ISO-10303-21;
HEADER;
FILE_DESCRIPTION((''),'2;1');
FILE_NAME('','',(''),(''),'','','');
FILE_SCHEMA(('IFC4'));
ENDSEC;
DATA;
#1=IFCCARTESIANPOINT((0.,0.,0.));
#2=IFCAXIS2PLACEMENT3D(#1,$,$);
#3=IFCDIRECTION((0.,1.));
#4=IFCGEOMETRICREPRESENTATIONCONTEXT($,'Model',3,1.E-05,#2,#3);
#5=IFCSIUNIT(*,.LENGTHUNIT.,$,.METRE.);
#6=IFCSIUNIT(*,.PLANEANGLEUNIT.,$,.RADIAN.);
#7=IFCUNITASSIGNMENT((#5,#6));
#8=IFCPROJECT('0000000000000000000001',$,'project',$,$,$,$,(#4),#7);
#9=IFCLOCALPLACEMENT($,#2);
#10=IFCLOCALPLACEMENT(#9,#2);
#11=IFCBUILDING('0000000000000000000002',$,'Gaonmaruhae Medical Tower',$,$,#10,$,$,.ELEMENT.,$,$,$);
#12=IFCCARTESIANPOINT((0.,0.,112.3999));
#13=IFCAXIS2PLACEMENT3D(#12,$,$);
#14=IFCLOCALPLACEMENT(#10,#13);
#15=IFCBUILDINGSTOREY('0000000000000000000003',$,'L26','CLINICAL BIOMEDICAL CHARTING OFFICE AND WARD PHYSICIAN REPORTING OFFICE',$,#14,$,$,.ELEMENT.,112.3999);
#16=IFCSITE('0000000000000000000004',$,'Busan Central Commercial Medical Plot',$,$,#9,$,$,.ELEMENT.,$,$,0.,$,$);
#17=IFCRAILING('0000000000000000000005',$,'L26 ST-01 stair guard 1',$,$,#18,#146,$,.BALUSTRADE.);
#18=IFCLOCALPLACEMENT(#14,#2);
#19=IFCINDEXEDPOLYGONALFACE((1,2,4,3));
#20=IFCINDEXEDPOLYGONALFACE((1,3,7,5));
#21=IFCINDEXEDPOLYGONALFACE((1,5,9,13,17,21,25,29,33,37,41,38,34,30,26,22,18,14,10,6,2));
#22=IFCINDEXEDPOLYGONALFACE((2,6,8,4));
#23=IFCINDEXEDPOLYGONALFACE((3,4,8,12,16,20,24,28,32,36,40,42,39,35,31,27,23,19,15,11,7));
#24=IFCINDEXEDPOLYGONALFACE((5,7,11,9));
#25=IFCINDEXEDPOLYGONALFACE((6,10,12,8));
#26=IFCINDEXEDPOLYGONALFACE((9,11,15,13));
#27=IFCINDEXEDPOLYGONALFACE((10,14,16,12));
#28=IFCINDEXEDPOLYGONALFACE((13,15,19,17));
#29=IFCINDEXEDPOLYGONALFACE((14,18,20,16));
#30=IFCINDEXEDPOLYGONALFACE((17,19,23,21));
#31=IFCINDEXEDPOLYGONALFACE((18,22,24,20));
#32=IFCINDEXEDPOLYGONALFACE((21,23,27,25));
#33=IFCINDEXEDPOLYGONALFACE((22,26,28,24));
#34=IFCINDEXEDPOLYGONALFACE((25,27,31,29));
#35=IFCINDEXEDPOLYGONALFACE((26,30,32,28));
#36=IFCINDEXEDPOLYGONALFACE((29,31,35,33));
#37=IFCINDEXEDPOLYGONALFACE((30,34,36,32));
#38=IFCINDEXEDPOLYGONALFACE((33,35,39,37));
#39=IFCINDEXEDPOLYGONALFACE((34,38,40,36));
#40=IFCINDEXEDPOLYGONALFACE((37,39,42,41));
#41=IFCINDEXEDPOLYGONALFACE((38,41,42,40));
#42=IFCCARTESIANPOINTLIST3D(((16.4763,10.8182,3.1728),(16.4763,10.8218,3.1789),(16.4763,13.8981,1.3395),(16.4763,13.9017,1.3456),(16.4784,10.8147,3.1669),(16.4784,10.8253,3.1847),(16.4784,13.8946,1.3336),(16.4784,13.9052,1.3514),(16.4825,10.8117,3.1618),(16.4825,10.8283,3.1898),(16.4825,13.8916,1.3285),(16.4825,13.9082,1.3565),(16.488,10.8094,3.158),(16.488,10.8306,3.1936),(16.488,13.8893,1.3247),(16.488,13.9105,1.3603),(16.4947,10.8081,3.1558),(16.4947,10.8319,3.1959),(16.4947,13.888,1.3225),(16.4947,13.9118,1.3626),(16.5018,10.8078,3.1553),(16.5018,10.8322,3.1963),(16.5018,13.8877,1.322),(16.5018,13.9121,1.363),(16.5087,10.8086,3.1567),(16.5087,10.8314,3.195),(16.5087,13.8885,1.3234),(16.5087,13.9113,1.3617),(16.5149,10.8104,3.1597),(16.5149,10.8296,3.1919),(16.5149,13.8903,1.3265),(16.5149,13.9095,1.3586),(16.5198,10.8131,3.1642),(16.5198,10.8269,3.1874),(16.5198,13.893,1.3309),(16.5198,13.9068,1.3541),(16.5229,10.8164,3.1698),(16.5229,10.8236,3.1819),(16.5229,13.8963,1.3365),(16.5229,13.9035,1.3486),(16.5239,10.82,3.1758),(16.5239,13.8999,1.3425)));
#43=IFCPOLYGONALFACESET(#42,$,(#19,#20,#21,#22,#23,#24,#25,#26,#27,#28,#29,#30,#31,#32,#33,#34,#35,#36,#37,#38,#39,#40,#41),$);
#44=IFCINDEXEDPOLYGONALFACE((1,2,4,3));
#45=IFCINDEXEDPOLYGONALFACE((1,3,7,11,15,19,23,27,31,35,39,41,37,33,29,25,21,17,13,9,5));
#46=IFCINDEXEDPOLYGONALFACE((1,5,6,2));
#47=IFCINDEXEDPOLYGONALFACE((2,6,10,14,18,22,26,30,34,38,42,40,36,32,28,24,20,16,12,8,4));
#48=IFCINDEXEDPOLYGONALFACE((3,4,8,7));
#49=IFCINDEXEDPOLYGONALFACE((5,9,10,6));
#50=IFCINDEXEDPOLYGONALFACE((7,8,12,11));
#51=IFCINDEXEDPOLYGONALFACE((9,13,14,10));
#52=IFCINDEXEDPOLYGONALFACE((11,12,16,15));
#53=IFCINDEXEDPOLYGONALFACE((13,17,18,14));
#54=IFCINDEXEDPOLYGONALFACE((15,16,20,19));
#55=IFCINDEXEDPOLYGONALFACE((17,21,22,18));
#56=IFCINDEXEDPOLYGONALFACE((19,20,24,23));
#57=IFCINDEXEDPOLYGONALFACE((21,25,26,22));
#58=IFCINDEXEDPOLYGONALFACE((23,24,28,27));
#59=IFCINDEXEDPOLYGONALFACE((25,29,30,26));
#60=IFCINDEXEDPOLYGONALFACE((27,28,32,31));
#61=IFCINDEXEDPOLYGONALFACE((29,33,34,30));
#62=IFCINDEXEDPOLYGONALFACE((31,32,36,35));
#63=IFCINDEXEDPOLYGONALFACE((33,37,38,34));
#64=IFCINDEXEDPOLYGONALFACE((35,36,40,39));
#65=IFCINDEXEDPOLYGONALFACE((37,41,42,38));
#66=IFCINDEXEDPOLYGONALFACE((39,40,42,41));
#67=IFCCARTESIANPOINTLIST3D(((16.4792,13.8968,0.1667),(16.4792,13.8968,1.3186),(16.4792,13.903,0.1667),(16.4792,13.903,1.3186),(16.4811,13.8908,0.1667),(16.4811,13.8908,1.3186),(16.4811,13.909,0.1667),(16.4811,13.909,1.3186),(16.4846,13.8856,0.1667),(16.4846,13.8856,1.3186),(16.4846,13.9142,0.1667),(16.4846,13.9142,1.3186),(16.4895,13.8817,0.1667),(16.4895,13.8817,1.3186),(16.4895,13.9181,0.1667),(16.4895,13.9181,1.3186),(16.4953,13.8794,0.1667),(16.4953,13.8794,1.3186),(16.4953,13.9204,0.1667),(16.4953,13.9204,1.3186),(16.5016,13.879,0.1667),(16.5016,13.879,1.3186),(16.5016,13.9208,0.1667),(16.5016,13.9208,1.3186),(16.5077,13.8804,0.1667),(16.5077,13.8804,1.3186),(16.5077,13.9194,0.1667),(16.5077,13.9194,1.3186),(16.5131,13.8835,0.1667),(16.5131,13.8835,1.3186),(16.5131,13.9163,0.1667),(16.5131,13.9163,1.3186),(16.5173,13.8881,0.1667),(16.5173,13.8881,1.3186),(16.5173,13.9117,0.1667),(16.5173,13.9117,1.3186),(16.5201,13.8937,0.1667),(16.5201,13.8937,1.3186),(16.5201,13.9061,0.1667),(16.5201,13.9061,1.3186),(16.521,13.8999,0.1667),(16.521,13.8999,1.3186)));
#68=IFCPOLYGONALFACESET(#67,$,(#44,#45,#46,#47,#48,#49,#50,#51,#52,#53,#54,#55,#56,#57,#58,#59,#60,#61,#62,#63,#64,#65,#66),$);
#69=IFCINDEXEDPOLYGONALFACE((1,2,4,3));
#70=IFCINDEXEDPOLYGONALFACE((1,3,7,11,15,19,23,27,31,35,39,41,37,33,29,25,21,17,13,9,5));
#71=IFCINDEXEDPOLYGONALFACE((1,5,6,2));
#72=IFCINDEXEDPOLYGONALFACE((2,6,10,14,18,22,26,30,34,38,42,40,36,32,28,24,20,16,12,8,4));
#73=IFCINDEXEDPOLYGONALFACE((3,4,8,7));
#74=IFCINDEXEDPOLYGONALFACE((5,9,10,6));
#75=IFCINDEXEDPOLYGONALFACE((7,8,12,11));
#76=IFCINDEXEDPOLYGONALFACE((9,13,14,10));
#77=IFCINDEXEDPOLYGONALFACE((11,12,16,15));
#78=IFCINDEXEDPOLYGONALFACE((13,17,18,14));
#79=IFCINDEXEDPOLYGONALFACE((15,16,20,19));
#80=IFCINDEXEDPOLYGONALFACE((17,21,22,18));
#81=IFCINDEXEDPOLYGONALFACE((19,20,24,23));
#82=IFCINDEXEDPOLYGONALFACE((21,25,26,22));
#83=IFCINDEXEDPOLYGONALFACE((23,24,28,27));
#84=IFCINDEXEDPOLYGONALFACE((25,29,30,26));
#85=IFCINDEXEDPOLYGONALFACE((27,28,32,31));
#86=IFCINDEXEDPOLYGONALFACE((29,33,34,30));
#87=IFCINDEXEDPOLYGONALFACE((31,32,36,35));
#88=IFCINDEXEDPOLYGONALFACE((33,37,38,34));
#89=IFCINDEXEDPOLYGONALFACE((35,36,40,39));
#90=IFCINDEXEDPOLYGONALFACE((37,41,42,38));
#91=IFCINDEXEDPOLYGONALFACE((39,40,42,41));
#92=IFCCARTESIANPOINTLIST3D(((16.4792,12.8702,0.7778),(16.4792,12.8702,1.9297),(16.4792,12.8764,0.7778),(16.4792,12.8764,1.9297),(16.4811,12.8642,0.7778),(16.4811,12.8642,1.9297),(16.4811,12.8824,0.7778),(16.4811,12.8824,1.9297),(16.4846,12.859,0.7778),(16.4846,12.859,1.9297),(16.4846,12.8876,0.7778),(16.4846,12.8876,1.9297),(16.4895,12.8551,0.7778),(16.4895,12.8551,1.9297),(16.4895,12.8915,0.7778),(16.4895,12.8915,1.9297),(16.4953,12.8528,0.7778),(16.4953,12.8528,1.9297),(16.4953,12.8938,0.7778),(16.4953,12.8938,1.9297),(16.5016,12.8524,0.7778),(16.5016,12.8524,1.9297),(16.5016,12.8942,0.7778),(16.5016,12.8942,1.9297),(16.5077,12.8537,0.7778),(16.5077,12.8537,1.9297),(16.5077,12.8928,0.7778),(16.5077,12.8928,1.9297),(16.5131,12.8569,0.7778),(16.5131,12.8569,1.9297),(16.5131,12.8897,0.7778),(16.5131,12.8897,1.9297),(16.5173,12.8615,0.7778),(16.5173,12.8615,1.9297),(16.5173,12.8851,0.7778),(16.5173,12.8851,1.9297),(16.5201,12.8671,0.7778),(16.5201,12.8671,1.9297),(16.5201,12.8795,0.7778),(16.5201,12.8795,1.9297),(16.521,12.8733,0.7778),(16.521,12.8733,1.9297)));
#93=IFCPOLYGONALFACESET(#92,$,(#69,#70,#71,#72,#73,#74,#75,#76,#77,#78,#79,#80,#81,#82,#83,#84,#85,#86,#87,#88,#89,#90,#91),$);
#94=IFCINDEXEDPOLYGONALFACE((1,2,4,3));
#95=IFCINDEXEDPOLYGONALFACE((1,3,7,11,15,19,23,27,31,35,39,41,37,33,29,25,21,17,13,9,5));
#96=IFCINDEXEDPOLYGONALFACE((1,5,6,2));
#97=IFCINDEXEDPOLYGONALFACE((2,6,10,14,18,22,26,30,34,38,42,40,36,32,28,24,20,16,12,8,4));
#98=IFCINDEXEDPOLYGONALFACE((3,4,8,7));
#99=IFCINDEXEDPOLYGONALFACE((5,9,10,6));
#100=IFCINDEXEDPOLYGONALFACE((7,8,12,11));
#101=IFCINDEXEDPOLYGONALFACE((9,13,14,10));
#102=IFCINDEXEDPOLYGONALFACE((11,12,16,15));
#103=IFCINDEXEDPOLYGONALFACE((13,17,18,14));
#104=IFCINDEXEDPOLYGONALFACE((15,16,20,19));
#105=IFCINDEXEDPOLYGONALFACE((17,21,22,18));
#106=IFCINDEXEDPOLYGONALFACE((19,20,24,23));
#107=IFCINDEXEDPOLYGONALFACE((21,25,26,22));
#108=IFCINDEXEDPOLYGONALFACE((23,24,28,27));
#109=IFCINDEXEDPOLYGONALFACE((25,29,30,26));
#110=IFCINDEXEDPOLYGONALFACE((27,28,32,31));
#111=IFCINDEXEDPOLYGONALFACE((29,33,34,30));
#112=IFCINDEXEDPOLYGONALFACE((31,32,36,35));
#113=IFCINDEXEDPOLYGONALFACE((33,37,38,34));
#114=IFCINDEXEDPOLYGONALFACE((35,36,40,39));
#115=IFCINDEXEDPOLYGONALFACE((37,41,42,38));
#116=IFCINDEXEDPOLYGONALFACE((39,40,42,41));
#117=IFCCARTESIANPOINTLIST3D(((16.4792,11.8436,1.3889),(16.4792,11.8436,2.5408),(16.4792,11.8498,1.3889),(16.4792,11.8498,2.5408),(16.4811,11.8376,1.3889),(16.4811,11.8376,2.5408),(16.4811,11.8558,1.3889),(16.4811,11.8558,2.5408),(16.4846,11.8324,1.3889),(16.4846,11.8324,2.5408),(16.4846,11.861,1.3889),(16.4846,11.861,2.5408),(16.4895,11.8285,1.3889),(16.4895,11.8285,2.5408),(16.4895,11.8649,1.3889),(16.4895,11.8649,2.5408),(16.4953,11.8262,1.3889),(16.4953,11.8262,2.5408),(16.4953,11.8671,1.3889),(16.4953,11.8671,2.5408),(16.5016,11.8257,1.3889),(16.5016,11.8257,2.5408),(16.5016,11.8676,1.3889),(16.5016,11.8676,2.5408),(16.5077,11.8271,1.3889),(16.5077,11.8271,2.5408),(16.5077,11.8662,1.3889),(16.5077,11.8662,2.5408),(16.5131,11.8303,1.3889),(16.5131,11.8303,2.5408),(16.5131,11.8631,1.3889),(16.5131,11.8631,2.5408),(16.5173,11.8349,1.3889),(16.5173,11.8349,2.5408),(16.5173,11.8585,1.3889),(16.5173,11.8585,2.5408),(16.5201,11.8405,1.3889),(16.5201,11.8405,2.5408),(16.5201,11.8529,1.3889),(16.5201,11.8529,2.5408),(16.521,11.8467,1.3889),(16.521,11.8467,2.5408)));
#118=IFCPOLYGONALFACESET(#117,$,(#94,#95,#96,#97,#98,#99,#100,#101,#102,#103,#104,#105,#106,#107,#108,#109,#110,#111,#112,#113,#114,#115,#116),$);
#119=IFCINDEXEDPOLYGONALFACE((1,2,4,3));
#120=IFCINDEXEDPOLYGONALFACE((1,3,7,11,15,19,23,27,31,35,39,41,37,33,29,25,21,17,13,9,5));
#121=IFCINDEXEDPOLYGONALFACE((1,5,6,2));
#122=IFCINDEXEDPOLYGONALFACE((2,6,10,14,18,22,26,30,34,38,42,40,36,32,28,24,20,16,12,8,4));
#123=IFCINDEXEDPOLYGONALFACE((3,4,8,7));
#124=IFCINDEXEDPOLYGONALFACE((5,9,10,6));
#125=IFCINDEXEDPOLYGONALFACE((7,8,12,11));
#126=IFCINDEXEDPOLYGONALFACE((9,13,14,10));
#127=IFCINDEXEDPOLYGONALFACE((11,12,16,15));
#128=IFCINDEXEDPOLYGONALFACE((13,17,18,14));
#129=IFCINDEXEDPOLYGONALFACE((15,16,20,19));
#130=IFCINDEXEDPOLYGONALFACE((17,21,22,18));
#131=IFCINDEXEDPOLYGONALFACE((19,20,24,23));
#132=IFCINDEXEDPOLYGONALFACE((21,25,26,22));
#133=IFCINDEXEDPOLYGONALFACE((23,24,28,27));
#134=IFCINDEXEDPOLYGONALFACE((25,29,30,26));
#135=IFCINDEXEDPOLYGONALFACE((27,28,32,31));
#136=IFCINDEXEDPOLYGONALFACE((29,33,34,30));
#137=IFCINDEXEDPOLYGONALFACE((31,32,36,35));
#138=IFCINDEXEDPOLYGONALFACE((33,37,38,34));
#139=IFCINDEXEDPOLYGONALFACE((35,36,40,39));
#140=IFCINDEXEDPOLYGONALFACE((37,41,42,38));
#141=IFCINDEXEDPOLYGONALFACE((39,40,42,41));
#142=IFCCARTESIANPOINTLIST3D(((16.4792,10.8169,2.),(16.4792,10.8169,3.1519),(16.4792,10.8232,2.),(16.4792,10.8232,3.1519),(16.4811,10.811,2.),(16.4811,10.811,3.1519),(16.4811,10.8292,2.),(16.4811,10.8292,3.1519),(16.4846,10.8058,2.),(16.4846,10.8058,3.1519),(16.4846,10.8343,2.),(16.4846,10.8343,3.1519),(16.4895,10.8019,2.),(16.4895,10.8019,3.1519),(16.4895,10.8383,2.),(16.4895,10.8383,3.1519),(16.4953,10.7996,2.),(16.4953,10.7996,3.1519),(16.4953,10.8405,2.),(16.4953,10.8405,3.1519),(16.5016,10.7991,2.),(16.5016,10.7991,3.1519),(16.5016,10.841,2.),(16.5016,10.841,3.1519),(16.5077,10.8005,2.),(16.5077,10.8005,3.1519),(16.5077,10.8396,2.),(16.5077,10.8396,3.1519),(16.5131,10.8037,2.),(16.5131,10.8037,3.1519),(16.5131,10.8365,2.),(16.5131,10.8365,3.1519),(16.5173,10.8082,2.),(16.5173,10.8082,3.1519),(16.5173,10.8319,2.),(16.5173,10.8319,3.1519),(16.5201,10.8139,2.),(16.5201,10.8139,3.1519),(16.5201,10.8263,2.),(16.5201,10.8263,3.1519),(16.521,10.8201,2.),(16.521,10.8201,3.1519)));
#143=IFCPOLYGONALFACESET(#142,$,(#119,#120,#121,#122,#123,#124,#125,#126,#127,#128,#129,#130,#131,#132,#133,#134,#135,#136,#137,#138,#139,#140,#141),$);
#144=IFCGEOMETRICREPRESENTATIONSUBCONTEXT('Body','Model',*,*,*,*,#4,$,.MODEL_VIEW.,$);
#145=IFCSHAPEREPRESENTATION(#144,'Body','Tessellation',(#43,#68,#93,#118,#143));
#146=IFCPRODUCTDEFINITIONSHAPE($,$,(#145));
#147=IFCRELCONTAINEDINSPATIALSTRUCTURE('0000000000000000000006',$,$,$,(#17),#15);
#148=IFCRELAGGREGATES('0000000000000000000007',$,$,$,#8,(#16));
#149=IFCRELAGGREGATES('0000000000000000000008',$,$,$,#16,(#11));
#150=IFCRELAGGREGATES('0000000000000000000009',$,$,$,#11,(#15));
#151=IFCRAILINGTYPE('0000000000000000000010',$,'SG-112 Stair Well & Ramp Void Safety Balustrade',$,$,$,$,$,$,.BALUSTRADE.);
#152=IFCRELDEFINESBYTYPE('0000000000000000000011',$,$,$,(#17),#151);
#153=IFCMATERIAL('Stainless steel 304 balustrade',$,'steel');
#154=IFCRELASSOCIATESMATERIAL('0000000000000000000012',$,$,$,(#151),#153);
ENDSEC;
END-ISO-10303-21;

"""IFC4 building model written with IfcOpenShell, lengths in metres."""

from ifc_helpers import new_model, si_unit, direction, frame, origin, origin_2d, place, context, subcontext, project, spatial, circle, extrude, material, type_object, element, save


model = new_model("IFC4")

# Units and contexts
model_context = context("Model", 3, precision=1e-05, world=origin(), true_north=direction((0.0, 1.0)))
body_context = subcontext(model_context, "Body", "Model", "MODEL_VIEW")
ifc_project = project(units=[si_unit("LENGTHUNIT", "METRE"), si_unit("PLANEANGLEUNIT", "RADIAN")], contexts=[model_context])

# Site, building, storey
site_placement = place(None, origin())
site = spatial("IfcSite", under=ifc_project, at=site_placement, Name="Busan Central Commercial Medical Plot", CompositionType="ELEMENT", RefElevation=0.0)
building_placement = place(site_placement, origin())
building = spatial("IfcBuilding", under=site, at=building_placement, Name="Gaonmaruhae Medical Tower", CompositionType="ELEMENT")
storey_placement = place(building_placement, frame((0.0, 0.0, 112.3999)))
storey = spatial("IfcBuildingStorey", under=building, at=storey_placement, Name="L26", Description="CLINICAL BIOMEDICAL CHARTING OFFICE AND WARD PHYSICIAN REPORTING OFFICE", CompositionType="ELEMENT", Elevation=112.3999)

# Railing
ifc_material_1 = material(Name="Stainless steel 304 balustrade", Category="steel")
railing_type_1 = type_object("IfcRailingType", Name="SG-112 Stair Well & Ramp Void Safety Balustrade", PredefinedType="BALUSTRADE", material=ifc_material_1)
railing_1_placement = place(storey_placement, frame((16.5, 13.8999, 0.1667)))
element("IfcRailing", 1, at=railing_1_placement, inside=storey, type_object=railing_type_1, Name="L26 ST-01 stair guard 1", PredefinedType="BALUSTRADE", context=body_context, shape_type="SweptSolid", body=[
    extrude(circle(Radius=0.0239, at=origin_2d()), frame((0.0, 0.0, 1.1758), z_axis=(0.0, -0.859291, 0.511487), x_axis=(1.0, 0.0, 0.0)), (0.0, 0.0, 1.0), 3.5842),
    extrude(circle(Radius=0.021, at=origin_2d()), origin(), (0.0, 0.0, 1.0), 1.1519),
    extrude(circle(Radius=0.021, at=origin_2d()), frame((0.0, -1.0266, 0.6111)), (0.0, 0.0, 1.0), 1.1519),
    extrude(circle(Radius=0.021, at=origin_2d()), frame((0.0, -2.0532, 1.2222)), (0.0, 0.0, 1.0), 1.1519),
    extrude(circle(Radius=0.021, at=origin_2d()), frame((0.0, -3.0798, 1.8333)), (0.0, 0.0, 1.0), 1.1519),
])

save(model, "model.ifc")
